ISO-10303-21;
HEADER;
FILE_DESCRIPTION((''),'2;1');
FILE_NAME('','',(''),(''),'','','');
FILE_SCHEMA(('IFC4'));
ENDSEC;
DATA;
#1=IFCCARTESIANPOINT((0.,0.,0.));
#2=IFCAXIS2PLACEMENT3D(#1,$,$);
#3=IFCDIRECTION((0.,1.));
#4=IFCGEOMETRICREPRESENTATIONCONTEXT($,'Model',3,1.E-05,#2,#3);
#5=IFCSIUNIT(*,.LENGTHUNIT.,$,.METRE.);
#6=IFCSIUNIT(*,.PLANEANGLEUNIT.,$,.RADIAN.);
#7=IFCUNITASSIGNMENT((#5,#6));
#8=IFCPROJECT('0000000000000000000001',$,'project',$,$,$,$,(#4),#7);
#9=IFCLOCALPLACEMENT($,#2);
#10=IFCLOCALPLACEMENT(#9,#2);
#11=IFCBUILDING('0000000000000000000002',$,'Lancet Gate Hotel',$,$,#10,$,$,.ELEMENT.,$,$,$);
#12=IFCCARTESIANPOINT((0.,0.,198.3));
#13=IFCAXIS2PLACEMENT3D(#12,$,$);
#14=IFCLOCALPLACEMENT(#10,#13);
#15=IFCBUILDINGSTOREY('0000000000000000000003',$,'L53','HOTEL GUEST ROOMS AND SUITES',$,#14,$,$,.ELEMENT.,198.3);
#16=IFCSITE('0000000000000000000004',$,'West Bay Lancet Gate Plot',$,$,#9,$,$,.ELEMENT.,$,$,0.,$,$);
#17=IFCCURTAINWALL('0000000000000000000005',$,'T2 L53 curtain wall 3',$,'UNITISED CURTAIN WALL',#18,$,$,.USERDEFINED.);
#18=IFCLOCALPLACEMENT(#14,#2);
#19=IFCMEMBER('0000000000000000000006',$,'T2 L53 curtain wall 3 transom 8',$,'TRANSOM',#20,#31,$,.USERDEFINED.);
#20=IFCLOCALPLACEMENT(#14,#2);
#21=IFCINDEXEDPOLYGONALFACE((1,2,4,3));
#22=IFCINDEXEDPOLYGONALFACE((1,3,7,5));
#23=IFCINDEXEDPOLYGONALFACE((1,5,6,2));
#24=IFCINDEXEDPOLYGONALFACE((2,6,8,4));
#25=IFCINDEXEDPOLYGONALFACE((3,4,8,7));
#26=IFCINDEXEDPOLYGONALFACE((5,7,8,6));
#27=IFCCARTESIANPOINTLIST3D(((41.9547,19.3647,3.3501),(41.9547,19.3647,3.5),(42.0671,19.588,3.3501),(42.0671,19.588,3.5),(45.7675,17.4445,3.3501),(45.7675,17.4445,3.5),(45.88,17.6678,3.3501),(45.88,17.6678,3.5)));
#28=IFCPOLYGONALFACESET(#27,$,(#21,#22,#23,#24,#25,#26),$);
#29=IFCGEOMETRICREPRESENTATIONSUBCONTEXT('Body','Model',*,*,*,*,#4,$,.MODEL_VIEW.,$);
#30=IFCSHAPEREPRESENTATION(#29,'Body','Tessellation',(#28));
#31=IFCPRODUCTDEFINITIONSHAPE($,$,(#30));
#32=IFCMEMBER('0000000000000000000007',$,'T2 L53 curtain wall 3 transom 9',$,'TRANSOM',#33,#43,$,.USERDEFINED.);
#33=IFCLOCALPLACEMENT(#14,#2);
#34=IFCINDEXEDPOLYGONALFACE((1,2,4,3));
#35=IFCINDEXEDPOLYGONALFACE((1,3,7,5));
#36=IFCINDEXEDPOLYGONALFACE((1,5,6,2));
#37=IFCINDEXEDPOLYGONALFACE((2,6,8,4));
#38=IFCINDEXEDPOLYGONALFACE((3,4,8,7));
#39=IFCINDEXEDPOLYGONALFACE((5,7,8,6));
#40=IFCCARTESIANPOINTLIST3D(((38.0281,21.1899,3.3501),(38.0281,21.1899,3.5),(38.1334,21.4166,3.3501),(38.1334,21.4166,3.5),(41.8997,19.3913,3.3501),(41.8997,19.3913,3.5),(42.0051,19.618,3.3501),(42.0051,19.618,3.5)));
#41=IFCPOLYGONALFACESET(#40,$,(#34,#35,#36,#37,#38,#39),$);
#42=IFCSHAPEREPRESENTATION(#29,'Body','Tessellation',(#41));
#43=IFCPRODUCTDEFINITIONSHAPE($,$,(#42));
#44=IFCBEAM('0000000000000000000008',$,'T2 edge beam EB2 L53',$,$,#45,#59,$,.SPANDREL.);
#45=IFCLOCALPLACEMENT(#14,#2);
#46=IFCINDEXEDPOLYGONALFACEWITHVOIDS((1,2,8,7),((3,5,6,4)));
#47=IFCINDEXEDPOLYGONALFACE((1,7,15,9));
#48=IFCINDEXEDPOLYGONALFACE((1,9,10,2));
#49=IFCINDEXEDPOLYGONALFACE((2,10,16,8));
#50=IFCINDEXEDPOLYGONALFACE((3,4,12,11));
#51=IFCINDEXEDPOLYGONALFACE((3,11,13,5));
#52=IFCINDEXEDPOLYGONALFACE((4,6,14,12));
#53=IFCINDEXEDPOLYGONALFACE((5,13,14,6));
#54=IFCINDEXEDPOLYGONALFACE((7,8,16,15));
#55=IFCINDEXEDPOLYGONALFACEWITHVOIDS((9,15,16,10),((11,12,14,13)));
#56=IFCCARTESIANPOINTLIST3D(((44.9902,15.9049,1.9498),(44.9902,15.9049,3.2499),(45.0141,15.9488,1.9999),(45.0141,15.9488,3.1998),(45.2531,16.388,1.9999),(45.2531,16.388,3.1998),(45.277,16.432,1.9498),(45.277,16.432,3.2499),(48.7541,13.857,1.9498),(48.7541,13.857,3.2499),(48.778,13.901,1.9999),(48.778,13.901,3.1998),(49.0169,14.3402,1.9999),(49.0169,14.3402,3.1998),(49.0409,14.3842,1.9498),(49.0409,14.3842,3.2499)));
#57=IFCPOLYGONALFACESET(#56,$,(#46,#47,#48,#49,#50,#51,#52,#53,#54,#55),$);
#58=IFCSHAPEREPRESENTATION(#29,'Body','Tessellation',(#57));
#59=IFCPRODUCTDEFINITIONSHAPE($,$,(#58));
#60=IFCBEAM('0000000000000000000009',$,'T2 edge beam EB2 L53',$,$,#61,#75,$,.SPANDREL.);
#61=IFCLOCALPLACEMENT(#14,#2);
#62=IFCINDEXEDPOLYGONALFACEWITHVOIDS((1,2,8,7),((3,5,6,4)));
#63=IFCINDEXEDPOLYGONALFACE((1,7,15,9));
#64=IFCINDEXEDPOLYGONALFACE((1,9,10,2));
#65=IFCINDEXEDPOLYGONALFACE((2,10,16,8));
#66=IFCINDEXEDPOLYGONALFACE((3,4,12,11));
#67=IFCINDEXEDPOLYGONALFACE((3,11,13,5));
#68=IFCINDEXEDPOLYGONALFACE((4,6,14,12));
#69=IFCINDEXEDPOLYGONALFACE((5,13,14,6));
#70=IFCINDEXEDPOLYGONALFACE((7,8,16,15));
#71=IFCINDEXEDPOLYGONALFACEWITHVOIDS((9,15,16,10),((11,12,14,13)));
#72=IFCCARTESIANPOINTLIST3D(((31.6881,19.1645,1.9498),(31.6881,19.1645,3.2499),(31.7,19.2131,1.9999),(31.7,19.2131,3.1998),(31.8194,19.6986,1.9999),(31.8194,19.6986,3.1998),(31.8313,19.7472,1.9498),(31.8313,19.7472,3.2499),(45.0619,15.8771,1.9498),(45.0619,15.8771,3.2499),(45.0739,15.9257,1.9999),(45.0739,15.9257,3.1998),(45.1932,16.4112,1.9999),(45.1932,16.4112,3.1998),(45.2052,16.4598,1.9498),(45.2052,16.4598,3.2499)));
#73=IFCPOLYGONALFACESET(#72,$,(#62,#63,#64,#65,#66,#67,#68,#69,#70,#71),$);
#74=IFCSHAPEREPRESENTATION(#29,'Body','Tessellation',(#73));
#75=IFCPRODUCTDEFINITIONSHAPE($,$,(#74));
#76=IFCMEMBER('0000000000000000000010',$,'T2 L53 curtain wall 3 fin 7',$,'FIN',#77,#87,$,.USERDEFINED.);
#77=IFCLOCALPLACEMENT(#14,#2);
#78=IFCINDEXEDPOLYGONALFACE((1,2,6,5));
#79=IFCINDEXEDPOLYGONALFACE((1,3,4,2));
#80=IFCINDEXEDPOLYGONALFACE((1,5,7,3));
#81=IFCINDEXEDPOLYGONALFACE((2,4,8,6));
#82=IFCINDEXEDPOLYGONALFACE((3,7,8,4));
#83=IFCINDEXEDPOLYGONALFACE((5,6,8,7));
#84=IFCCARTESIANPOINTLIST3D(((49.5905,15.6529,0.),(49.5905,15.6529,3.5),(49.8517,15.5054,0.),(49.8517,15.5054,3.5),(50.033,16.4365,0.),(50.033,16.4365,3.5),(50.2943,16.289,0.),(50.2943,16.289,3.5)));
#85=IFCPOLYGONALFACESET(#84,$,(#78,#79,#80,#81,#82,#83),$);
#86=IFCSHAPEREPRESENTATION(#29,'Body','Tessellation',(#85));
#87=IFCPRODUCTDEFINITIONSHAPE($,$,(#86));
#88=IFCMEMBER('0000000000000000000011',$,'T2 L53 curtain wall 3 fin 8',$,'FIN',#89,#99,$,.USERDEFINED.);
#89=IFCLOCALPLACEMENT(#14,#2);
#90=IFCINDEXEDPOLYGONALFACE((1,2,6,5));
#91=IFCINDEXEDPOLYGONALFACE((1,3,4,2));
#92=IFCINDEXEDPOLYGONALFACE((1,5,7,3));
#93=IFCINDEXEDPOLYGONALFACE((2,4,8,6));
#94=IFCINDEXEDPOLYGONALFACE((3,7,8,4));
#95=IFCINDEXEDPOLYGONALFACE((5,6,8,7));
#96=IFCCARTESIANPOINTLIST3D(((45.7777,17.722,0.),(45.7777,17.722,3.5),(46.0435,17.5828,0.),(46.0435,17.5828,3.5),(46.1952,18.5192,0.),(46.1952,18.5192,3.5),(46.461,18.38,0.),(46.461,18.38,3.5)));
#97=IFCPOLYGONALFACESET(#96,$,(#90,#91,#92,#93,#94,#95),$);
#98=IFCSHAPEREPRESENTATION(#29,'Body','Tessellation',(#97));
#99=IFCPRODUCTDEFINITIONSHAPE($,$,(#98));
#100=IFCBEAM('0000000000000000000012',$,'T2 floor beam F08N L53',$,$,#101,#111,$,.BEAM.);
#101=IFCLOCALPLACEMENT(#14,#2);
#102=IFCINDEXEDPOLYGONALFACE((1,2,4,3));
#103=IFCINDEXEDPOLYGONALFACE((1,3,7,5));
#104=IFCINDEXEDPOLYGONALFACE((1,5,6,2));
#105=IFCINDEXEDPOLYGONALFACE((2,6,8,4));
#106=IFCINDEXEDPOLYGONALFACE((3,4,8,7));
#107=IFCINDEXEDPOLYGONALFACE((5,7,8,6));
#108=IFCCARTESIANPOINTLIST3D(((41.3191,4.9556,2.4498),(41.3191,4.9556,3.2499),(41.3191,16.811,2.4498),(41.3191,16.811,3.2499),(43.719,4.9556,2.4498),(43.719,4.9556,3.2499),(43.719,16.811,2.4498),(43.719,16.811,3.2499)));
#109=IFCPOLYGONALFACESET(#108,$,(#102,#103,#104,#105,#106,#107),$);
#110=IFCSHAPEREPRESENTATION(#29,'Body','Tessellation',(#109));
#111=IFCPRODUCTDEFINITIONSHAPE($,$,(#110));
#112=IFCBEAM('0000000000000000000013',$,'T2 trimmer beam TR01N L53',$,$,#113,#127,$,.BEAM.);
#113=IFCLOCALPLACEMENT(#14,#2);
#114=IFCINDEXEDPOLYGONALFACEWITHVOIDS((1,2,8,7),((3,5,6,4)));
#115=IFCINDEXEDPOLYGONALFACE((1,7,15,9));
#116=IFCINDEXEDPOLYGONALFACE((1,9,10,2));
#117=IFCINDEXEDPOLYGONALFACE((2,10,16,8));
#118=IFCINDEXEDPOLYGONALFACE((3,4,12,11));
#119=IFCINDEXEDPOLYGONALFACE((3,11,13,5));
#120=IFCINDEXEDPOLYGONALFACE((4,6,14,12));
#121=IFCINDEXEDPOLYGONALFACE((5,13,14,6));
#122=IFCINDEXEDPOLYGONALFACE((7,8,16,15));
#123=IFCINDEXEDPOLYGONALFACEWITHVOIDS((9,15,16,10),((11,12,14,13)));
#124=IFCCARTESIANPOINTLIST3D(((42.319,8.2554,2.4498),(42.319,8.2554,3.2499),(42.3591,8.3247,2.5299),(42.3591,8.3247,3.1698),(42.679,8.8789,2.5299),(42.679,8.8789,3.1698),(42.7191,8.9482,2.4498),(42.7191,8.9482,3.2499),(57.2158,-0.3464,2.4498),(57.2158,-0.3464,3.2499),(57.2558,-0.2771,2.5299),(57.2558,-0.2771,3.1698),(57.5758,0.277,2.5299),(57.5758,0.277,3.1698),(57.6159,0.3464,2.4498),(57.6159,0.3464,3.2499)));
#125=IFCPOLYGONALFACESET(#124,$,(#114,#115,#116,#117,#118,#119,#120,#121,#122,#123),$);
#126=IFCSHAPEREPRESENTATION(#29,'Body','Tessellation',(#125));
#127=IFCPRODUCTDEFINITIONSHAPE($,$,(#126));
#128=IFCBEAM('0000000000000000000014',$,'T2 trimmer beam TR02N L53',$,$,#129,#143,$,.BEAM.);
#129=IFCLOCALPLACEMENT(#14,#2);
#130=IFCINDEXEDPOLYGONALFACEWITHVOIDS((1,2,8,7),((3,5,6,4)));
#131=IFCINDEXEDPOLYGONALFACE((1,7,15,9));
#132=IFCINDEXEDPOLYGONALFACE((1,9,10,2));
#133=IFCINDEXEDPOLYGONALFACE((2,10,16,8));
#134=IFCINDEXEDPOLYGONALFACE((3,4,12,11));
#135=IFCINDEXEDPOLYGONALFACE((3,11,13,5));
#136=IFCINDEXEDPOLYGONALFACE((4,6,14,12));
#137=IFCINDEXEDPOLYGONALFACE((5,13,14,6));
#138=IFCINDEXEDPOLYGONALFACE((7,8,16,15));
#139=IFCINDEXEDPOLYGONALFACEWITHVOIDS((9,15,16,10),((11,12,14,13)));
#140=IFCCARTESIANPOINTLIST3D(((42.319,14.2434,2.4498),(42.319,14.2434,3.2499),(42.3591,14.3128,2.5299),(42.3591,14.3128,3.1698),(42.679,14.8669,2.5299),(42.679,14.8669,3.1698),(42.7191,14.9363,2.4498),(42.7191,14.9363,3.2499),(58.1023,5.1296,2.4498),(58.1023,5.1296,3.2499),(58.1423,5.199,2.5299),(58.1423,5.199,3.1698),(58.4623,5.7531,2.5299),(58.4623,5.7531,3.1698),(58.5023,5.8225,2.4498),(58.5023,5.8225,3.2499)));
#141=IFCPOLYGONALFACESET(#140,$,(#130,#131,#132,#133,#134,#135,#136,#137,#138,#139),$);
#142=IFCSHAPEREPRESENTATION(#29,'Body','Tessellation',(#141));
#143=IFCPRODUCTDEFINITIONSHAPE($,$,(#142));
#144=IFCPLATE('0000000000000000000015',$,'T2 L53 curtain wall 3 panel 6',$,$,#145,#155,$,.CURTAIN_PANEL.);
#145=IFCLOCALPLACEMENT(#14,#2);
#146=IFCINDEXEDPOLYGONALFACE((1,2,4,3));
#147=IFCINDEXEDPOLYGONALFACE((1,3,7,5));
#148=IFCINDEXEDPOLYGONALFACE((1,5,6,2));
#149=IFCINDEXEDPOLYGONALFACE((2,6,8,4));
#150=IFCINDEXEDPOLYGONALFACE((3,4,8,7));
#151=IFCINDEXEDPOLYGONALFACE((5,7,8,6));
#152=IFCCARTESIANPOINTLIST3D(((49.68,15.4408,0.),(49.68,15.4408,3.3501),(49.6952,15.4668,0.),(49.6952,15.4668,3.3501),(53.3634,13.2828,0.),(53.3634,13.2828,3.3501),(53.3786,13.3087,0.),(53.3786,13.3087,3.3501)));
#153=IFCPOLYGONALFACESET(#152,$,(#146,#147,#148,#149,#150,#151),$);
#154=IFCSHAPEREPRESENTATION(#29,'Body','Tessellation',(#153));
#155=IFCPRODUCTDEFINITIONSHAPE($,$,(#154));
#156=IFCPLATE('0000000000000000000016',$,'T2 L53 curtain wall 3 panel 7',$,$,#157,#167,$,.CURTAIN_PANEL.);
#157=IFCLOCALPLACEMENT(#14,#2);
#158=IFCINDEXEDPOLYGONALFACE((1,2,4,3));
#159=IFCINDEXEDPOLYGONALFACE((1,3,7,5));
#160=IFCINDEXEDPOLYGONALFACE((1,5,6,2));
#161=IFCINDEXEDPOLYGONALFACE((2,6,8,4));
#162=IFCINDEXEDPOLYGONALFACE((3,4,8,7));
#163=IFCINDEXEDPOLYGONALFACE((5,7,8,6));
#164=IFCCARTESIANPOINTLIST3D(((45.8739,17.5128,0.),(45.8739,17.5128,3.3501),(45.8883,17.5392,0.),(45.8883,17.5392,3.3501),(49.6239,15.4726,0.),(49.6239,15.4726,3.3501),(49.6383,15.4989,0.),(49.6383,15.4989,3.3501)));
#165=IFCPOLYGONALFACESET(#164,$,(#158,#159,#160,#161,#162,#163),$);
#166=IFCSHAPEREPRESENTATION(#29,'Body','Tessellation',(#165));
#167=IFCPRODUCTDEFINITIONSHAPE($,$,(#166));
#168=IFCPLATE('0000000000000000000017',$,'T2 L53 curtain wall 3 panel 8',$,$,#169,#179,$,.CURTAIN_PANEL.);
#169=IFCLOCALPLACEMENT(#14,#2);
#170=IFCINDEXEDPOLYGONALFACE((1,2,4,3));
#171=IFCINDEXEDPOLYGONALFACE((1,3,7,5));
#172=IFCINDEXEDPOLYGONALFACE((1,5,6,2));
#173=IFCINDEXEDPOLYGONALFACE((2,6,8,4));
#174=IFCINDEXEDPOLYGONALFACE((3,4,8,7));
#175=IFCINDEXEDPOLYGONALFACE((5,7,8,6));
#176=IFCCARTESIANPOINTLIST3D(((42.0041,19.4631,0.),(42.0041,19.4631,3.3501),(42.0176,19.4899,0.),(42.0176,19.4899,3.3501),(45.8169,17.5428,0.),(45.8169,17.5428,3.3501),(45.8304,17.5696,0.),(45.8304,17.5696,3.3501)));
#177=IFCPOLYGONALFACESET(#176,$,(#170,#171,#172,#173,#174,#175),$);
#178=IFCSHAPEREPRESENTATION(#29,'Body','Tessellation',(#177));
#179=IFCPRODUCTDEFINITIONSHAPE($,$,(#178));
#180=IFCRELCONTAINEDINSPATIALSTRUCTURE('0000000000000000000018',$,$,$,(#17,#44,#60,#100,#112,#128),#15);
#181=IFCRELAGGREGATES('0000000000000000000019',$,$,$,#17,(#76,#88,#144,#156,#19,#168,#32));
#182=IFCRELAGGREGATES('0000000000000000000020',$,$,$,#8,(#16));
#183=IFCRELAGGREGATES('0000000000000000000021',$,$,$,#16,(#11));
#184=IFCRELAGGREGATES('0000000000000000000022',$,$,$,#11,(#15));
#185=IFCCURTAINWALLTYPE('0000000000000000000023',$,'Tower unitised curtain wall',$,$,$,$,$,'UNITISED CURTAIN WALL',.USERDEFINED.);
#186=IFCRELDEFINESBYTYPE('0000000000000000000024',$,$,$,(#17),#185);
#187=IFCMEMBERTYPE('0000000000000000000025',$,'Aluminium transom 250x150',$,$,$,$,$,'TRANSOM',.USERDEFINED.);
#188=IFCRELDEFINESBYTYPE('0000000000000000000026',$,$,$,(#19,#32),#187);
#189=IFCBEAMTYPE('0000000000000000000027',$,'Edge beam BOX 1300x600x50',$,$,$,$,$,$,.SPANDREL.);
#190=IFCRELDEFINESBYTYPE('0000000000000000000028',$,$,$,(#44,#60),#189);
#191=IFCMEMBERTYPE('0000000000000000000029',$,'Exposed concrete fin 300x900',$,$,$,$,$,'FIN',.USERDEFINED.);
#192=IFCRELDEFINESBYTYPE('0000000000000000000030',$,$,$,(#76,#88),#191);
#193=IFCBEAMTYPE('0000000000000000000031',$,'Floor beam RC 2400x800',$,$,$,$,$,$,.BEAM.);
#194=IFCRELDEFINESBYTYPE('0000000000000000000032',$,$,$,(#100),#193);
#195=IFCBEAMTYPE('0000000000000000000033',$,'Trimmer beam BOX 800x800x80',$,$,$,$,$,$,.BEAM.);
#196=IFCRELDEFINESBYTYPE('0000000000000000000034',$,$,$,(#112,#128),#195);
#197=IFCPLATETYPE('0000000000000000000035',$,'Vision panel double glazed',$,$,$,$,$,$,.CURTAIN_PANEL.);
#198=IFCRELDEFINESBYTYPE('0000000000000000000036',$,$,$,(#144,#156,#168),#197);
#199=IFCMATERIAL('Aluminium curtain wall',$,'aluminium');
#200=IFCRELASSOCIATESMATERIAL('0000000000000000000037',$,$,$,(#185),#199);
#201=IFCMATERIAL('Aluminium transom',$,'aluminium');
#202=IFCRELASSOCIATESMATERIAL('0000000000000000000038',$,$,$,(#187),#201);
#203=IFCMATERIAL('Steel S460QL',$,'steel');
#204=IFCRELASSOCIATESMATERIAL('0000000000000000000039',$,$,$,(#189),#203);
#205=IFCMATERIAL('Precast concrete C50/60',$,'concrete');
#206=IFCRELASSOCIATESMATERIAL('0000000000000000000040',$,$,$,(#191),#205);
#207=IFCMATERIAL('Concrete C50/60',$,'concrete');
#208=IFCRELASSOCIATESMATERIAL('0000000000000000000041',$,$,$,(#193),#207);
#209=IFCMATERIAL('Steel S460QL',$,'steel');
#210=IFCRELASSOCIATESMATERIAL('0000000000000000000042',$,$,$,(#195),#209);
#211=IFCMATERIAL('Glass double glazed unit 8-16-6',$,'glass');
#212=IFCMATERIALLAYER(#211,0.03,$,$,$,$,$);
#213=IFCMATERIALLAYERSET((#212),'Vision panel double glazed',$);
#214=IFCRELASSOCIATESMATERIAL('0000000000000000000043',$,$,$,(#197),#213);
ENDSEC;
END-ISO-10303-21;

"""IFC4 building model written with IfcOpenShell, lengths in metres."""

from ifc_helpers import new_model, si_unit, direction, frame, origin, origin_2d, place, context, subcontext, project, spatial, rectangle, hollow_rectangle, extrude, material, layer, layer_set, material_profile, profile_set, type_object, element, aggregate, save


model = new_model("IFC4")

# Units and contexts
model_context = context("Model", 3, precision=1e-05, world=origin(), true_north=direction((0.0, 1.0)))
body_context = subcontext(model_context, "Body", "Model", "MODEL_VIEW")
ifc_project = project(units=[si_unit("LENGTHUNIT", "METRE"), si_unit("PLANEANGLEUNIT", "RADIAN")], contexts=[model_context])

# Site, building, storey
site_placement = place(None, origin())
site = spatial("IfcSite", under=ifc_project, at=site_placement, Name="West Bay Lancet Gate Plot", CompositionType="ELEMENT", RefElevation=0.0)
building_placement = place(site_placement, origin())
building = spatial("IfcBuilding", under=site, at=building_placement, Name="Lancet Gate Hotel", CompositionType="ELEMENT")
storey_placement = place(building_placement, frame((0.0, 0.0, 198.3)))
storey = spatial("IfcBuildingStorey", under=building, at=storey_placement, Name="L53", Description="HOTEL GUEST ROOMS AND SUITES", CompositionType="ELEMENT", Elevation=198.3)

# Curtain wall, members
ifc_material_1 = material(Name="Aluminium curtain wall", Category="aluminium")
curtain_wall_type = type_object("IfcCurtainWallType", Name="Tower unitised curtain wall", ElementType="UNITISED CURTAIN WALL", PredefinedType="USERDEFINED", material=ifc_material_1)
curtain_wall_placement = place(storey_placement, origin())
curtain_wall = element("IfcCurtainWall", 1, at=curtain_wall_placement, inside=storey, type_object=curtain_wall_type, Name="T2 L53 curtain wall 3", ObjectType="UNITISED CURTAIN WALL", PredefinedType="USERDEFINED")
ifc_material_2 = material(Name="Aluminium transom", Category="aluminium")
ifc_material_profile_1 = material_profile(ifc_material_2, rectangle(XDim=0.25, YDim=0.1499, at=origin_2d()), Name="TRANSOM 250x150")
ifc_profile_set_1 = profile_set([ifc_material_profile_1], Name="Aluminium transom")
member_type_1 = type_object("IfcMemberType", Name="Aluminium transom 250x150", ElementType="TRANSOM", PredefinedType="USERDEFINED", material=ifc_profile_set_1)
member_1_placement = place(storey_placement, frame((45.8237, 17.5562, 3.425), z_axis=(-0.893131, 0.449797, 0.0), x_axis=(-0.449797, -0.893131, 0.0)))
member_1 = element("IfcMember", 2, at=member_1_placement, type_object=member_type_1, Name="T2 L53 curtain wall 3 transom 8", ObjectType="TRANSOM", PredefinedType="USERDEFINED", context=body_context, shape_type="SweptSolid", body=[
    extrude(rectangle(XDim=0.25, YDim=0.1499, at=origin_2d()), origin(), (0.0, 0.0, 1.0), 4.269),
])
member_2_placement = place(storey_placement, frame((41.9524, 19.5046, 3.425), z_axis=(-0.906914, 0.421316, 0.0), x_axis=(-0.421316, -0.906914, 0.0)))
member_2 = element("IfcMember", 3, at=member_2_placement, type_object=member_type_1, Name="T2 L53 curtain wall 3 transom 9", ObjectType="TRANSOM", PredefinedType="USERDEFINED", context=body_context, shape_type="SweptSolid", body=[
    extrude(rectangle(XDim=0.25, YDim=0.1499, at=origin_2d()), origin(), (0.0, 0.0, 1.0), 4.269),
])

# Beams
ifc_material_3 = material(Name="Steel S460QL", Category="steel")
ifc_material_profile_2 = material_profile(ifc_material_3, hollow_rectangle(XDim=0.6001, YDim=1.3, WallThickness=0.05, at=origin_2d()), Name="BOX 1300x600x50")
ifc_profile_set_2 = profile_set([ifc_material_profile_2], Name="Steel S460QL")
beam_type_1 = type_object("IfcBeamType", Name="Edge beam BOX 1300x600x50", PredefinedType="SPANDREL", material=ifc_profile_set_2)
beam_1_placement = place(storey_placement, frame((48.8975, 14.1206, 2.5999), z_axis=(-0.878405, 0.477918, 0.0), x_axis=(-0.477918, -0.878405, 0.0)))
element("IfcBeam", 4, at=beam_1_placement, inside=storey, type_object=beam_type_1, Name="T2 edge beam EB2 L53", PredefinedType="SPANDREL", context=body_context, shape_type="SweptSolid", body=[
    extrude(hollow_rectangle(XDim=0.6001, YDim=1.3, WallThickness=0.05, at=origin_2d()), origin(), (0.0, 0.0, 1.0), 4.2849),
])
beam_2_placement = place(storey_placement, frame((45.1335, 16.1685, 2.5999), z_axis=(-0.971093, 0.2387, 0.0), x_axis=(-0.2387, -0.971093, 0.0)))
element("IfcBeam", 5, at=beam_2_placement, inside=storey, type_object=beam_type_1, Name="T2 edge beam EB2 L53", PredefinedType="SPANDREL", context=body_context, shape_type="SweptSolid", body=[
    extrude(hollow_rectangle(XDim=0.6001, YDim=1.3, WallThickness=0.05, at=origin_2d()), origin(), (0.0, 0.0, 1.0), 13.772),
])

# Members
ifc_material_4 = material(Name="Precast concrete C50/60", Category="concrete")
ifc_material_profile_3 = material_profile(ifc_material_4, rectangle(XDim=0.3, YDim=0.8999, at=origin_2d()), Name="FIN 300x900")
ifc_profile_set_3 = profile_set([ifc_material_profile_3], Name="Precast concrete C50/60")
member_type_2 = type_object("IfcMemberType", Name="Exposed concrete fin 300x900", ElementType="FIN", PredefinedType="USERDEFINED", material=ifc_profile_set_3)
member_3_placement = place(storey_placement, frame((49.9424, 15.9709, 0.0), z_axis=(0.0, 0.0, 1.0), x_axis=(-0.870722, 0.491776, 0.0)))
member_3 = element("IfcMember", 6, at=member_3_placement, type_object=member_type_2, Name="T2 L53 curtain wall 3 fin 7", ObjectType="FIN", PredefinedType="USERDEFINED", context=body_context, shape_type="SweptSolid", body=[
    extrude(rectangle(XDim=0.3, YDim=0.8999, at=origin_2d()), origin(), (0.0, 0.0, 1.0), 3.5),
])
member_4_placement = place(storey_placement, frame((46.1194, 18.051, 0.0), z_axis=(0.0, 0.0, 1.0), x_axis=(-0.885877, 0.46392, 0.0)))
member_4 = element("IfcMember", 7, at=member_4_placement, type_object=member_type_2, Name="T2 L53 curtain wall 3 fin 8", ObjectType="FIN", PredefinedType="USERDEFINED", context=body_context, shape_type="SweptSolid", body=[
    extrude(rectangle(XDim=0.3, YDim=0.8999, at=origin_2d()), origin(), (0.0, 0.0, 1.0), 3.5),
])

# Beams
ifc_material_5 = material(Name="Concrete C50/60", Category="concrete")
ifc_material_profile_4 = material_profile(ifc_material_5, rectangle(XDim=2.3999, YDim=0.8, at=origin_2d()), Name="RC 2400x800")
ifc_profile_set_4 = profile_set([ifc_material_profile_4], Name="Concrete C50/60")
beam_type_2 = type_object("IfcBeamType", Name="Floor beam RC 2400x800", PredefinedType="BEAM", material=ifc_profile_set_4)
beam_3_placement = place(storey_placement, frame((42.519, 4.9556, 2.8499), z_axis=(0.0, 1.0, 0.0), x_axis=(-1.0, 0.0, 0.0)))
element("IfcBeam", 8, at=beam_3_placement, inside=storey, type_object=beam_type_2, Name="T2 floor beam F08N L53", PredefinedType="BEAM", context=body_context, shape_type="SweptSolid", body=[
    extrude(rectangle(XDim=2.3999, YDim=0.8, at=origin_2d()), origin(), (0.0, 0.0, 1.0), 11.8555),
])
ifc_material_6 = material(Name="Steel S460QL", Category="steel")
ifc_material_profile_5 = material_profile(ifc_material_6, hollow_rectangle(XDim=0.8, YDim=0.8, WallThickness=0.0801, at=origin_2d()), Name="BOX 800x800x80")
ifc_profile_set_5 = profile_set([ifc_material_profile_5], Name="Steel S460QL")
beam_type_3 = type_object("IfcBeamType", Name="Trimmer beam BOX 800x800x80", PredefinedType="BEAM", material=ifc_profile_set_5)
beam_4_placement = place(storey_placement, frame((42.519, 8.6018, 2.8499), z_axis=(0.865996, -0.500051, 0.0), x_axis=(0.500051, 0.865996, 0.0)))
element("IfcBeam", 9, at=beam_4_placement, inside=storey, type_object=beam_type_3, Name="T2 trimmer beam TR01N L53", PredefinedType="BEAM", context=body_context, shape_type="SweptSolid", body=[
    extrude(hollow_rectangle(XDim=0.8, YDim=0.8, WallThickness=0.0801, at=origin_2d()), origin(), (0.0, 0.0, 1.0), 17.2019),
])
beam_5_placement = place(storey_placement, frame((42.519, 14.5898, 2.8499), z_axis=(0.865994, -0.500055, 0.0), x_axis=(0.500055, 0.865994, 0.0)))
element("IfcBeam", 10, at=beam_5_placement, inside=storey, type_object=beam_type_3, Name="T2 trimmer beam TR02N L53", PredefinedType="BEAM", context=body_context, shape_type="SweptSolid", body=[
    extrude(hollow_rectangle(XDim=0.8, YDim=0.8, WallThickness=0.0801, at=origin_2d()), origin(), (0.0, 0.0, 1.0), 18.2256),
])

# Plates
ifc_material_7 = material(Name="Glass double glazed unit 8-16-6", Category="glass")
ifc_layer_1 = layer(ifc_material_7, 0.03)
ifc_layer_set_1 = layer_set([ifc_layer_1], Name="Vision panel double glazed")
plate_type = type_object("IfcPlateType", Name="Vision panel double glazed", PredefinedType="CURTAIN_PANEL", material=ifc_layer_set_1)
plate_1_placement = place(storey_placement, frame((51.5293, 14.3748, 0.0), z_axis=(0.0, 0.0, 1.0), x_axis=(-0.862815, 0.50552, 0.0)))
plate_1 = element("IfcPlate", 11, at=plate_1_placement, type_object=plate_type, Name="T2 L53 curtain wall 3 panel 6", PredefinedType="CURTAIN_PANEL", context=body_context, shape_type="SweptSolid", body=[
    extrude(rectangle(XDim=4.269, YDim=0.03, at=origin_2d()), origin(), (0.0, 0.0, 1.0), 3.3501),
])
plate_2_placement = place(storey_placement, frame((47.7561, 16.5059, 0.0), z_axis=(0.0, 0.0, 1.0), x_axis=(-0.87841, 0.477908, 0.0)))
plate_2 = element("IfcPlate", 12, at=plate_2_placement, type_object=plate_type, Name="T2 L53 curtain wall 3 panel 7", PredefinedType="CURTAIN_PANEL", context=body_context, shape_type="SweptSolid", body=[
    extrude(rectangle(XDim=4.269, YDim=0.03, at=origin_2d()), origin(), (0.0, 0.0, 1.0), 3.3501),
])
plate_3_placement = place(storey_placement, frame((43.9172, 18.5164, 0.0), z_axis=(0.0, 0.0, 1.0), x_axis=(-0.893121, 0.449816, 0.0)))
plate_3 = element("IfcPlate", 13, at=plate_3_placement, type_object=plate_type, Name="T2 L53 curtain wall 3 panel 8", PredefinedType="CURTAIN_PANEL", context=body_context, shape_type="SweptSolid", body=[
    extrude(rectangle(XDim=4.269, YDim=0.03, at=origin_2d()), origin(), (0.0, 0.0, 1.0), 3.3501),
])
aggregate(curtain_wall, [member_3, member_4, plate_1, plate_2, member_1, plate_3, member_2])

save(model, "model.ifc")
